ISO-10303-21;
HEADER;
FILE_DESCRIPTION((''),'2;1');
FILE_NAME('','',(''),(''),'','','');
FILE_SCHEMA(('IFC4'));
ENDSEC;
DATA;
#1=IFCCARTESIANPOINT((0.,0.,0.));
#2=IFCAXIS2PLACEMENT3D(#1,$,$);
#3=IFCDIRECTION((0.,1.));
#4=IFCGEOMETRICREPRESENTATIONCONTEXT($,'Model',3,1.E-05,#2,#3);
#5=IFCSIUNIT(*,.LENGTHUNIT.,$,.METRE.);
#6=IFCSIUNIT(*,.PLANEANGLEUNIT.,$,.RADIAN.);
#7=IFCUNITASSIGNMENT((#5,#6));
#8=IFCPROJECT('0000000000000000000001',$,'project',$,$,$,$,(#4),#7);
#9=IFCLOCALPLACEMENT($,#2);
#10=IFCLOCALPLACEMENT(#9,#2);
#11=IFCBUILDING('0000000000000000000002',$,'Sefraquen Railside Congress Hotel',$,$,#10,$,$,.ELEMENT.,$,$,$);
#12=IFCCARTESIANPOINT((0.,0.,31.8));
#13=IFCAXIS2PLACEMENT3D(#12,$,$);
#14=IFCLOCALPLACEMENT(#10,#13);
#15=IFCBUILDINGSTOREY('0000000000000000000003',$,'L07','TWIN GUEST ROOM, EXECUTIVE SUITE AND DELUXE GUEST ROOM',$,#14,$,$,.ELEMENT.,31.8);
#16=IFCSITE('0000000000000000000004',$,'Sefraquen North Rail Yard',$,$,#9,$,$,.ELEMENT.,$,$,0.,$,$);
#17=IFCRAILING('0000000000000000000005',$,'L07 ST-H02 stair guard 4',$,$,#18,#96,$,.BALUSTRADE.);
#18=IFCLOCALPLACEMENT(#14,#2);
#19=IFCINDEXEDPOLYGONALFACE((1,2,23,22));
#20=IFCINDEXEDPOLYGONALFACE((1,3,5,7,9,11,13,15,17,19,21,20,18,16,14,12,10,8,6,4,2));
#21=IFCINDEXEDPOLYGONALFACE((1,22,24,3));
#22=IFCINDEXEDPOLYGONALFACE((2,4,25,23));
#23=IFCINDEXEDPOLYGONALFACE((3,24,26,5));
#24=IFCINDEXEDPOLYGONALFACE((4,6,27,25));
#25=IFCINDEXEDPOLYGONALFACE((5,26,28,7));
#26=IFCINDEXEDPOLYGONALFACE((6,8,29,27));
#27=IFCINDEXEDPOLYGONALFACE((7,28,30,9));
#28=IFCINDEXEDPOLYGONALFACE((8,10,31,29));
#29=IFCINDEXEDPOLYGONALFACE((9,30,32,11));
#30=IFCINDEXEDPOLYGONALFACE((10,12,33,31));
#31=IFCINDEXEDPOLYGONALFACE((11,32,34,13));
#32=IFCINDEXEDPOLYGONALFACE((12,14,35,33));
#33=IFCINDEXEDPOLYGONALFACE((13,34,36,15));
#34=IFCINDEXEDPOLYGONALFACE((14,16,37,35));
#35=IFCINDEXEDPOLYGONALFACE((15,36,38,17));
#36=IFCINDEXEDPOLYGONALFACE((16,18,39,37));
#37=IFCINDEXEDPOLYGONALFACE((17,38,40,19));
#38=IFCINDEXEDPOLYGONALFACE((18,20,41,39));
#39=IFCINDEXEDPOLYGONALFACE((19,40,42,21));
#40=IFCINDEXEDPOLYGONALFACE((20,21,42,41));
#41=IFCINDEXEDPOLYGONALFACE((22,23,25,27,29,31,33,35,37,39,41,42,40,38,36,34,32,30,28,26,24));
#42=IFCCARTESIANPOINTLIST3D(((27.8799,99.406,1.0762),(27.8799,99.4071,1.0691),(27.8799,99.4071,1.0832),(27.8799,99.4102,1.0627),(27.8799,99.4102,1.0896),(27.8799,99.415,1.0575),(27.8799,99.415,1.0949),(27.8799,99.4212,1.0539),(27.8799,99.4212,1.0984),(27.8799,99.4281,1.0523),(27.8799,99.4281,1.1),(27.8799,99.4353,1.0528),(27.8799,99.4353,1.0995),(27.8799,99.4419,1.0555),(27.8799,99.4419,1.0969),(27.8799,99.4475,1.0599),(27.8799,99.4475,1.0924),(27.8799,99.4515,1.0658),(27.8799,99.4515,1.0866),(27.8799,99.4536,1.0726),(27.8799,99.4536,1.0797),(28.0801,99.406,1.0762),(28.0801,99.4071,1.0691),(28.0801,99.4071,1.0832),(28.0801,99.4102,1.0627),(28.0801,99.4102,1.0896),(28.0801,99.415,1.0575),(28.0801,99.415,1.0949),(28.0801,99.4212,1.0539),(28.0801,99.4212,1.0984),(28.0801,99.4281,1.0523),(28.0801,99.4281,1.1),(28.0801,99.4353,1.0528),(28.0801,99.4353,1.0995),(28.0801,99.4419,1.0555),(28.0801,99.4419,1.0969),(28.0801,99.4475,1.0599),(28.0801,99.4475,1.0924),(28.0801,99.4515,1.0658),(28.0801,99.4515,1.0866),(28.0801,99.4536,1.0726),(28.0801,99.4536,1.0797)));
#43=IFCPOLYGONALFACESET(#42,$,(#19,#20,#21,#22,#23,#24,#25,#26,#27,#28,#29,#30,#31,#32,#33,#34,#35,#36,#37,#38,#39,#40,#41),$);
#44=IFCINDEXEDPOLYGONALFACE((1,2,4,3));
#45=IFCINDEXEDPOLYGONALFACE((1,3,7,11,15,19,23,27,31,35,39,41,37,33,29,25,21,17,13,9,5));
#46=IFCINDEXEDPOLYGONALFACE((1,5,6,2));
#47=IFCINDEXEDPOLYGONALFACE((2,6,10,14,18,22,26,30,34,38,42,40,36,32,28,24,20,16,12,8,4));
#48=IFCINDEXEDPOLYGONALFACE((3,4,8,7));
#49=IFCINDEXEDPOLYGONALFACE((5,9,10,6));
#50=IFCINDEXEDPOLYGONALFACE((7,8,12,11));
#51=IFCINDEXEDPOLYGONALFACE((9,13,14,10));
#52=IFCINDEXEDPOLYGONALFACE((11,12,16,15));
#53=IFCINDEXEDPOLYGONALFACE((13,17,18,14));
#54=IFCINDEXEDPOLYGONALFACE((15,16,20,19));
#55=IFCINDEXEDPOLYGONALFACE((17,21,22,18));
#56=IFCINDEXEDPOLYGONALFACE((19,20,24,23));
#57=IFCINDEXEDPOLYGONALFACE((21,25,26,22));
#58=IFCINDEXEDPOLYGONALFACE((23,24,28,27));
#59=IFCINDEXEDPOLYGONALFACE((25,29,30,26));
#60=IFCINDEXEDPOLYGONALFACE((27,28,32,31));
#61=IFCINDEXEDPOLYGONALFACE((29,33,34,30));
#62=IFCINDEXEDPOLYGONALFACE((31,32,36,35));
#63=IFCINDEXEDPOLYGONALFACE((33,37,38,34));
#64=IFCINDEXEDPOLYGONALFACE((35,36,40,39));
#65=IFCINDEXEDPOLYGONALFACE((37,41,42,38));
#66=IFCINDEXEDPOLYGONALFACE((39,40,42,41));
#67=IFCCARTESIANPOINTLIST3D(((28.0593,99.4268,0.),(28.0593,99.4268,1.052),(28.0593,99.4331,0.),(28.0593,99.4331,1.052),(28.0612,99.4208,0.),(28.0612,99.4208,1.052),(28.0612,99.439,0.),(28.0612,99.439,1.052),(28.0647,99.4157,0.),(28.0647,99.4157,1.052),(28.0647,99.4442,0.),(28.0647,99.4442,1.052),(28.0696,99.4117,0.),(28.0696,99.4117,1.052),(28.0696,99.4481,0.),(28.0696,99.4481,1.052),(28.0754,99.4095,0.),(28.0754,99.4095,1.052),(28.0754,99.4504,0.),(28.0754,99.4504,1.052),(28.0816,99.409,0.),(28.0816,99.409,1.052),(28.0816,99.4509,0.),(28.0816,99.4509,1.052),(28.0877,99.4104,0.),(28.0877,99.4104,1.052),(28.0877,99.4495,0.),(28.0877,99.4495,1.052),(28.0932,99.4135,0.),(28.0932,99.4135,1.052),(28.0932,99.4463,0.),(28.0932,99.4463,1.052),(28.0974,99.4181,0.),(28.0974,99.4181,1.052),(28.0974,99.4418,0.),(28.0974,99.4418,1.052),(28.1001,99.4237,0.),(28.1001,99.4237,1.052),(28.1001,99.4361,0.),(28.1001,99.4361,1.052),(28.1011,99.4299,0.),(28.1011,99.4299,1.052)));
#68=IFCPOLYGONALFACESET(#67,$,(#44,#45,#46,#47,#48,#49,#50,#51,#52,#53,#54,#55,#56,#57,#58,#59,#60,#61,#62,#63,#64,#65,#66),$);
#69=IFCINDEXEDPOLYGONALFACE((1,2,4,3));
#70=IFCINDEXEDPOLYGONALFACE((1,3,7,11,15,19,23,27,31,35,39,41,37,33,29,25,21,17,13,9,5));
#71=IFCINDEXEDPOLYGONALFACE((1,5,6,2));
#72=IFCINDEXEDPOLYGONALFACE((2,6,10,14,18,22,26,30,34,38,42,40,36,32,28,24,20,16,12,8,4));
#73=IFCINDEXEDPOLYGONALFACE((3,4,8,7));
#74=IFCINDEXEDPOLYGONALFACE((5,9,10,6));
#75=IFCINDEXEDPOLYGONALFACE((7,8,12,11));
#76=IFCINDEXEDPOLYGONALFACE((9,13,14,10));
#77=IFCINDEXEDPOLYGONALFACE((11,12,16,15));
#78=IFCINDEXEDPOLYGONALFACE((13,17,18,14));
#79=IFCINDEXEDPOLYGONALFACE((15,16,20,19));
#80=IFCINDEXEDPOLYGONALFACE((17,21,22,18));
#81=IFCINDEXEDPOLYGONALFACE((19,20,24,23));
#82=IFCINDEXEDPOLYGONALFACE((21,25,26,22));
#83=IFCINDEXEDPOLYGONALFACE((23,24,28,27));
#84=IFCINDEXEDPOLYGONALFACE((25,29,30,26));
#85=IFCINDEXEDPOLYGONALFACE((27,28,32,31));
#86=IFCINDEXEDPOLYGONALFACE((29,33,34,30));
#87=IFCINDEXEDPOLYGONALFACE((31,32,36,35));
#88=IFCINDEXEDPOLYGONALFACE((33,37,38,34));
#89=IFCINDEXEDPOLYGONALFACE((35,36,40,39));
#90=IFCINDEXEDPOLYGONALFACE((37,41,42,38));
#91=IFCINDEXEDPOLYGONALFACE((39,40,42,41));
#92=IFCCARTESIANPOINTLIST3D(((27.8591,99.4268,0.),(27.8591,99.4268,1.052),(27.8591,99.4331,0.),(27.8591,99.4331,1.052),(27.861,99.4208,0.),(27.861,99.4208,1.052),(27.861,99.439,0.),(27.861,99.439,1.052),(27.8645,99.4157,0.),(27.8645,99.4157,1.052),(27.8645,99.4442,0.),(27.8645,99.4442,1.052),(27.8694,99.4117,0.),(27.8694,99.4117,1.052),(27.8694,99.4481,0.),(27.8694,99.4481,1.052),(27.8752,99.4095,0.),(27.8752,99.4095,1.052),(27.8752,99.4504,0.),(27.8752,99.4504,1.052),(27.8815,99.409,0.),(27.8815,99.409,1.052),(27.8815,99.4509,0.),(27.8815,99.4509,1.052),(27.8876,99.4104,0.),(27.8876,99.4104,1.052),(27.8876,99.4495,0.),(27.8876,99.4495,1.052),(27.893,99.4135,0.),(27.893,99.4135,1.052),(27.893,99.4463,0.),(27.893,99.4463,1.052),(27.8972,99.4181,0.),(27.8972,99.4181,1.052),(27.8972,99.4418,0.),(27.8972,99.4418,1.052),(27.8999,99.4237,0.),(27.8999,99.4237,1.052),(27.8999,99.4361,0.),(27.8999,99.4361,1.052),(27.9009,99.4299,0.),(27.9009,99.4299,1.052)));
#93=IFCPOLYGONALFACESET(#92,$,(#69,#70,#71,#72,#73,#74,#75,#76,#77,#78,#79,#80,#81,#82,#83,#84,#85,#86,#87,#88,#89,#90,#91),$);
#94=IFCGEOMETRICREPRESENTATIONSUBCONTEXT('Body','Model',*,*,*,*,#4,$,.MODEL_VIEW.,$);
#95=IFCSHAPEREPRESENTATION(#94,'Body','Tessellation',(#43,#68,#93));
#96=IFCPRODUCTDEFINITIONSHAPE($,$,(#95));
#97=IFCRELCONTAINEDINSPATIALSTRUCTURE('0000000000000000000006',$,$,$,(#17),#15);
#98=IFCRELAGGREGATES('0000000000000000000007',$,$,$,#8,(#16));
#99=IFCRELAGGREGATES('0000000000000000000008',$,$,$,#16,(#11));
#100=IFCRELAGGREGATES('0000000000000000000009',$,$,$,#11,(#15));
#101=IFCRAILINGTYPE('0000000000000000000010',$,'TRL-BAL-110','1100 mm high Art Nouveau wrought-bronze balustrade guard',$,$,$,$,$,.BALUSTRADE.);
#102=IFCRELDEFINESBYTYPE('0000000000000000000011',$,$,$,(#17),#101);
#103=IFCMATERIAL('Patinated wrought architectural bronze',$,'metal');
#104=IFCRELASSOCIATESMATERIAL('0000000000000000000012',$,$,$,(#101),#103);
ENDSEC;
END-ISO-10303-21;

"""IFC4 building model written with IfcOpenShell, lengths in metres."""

from ifc_helpers import new_model, si_unit, direction, frame, origin, origin_2d, place, context, subcontext, project, spatial, circle, extrude, material, type_object, element, save


model = new_model("IFC4")

# Units and contexts
model_context = context("Model", 3, precision=1e-05, world=origin(), true_north=direction((0.0, 1.0)))
body_context = subcontext(model_context, "Body", "Model", "MODEL_VIEW")
ifc_project = project(units=[si_unit("LENGTHUNIT", "METRE"), si_unit("PLANEANGLEUNIT", "RADIAN")], contexts=[model_context])

# Site, building, storey
site_placement = place(None, origin())
site = spatial("IfcSite", under=ifc_project, at=site_placement, Name="Sefraquen North Rail Yard", CompositionType="ELEMENT", RefElevation=0.0)
building_placement = place(site_placement, origin())
building = spatial("IfcBuilding", under=site, at=building_placement, Name="Sefraquen Railside Congress Hotel", CompositionType="ELEMENT")
storey_placement = place(building_placement, frame((0.0, 0.0, 31.8)))
storey = spatial("IfcBuildingStorey", under=building, at=storey_placement, Name="L07", Description="TWIN GUEST ROOM, EXECUTIVE SUITE AND DELUXE GUEST ROOM", CompositionType="ELEMENT", Elevation=31.8)

# Railing
ifc_material_1 = material(Name="Patinated wrought architectural bronze", Category="metal")
railing_type_1 = type_object("IfcRailingType", Name="TRL-BAL-110", Description="1100 mm high Art Nouveau wrought-bronze balustrade guard", PredefinedType="BALUSTRADE", material=ifc_material_1)
railing_1_placement = place(storey_placement, frame((28.0801, 99.4299, 0.0)))
element("IfcRailing", 1, at=railing_1_placement, inside=storey, type_object=railing_type_1, Name="L07 ST-H02 stair guard 4", PredefinedType="BALUSTRADE", context=body_context, shape_type="SweptSolid", body=[
    extrude(circle(Radius=0.0239, at=origin_2d()), frame((0.0, 0.0, 1.0762), z_axis=(-1.0, 0.0, 0.0), x_axis=(0.0, -1.0, 0.0)), (0.0, 0.0, 1.0), 0.2002),
    extrude(circle(Radius=0.021, at=origin_2d()), origin(), (0.0, 0.0, 1.0), 1.052),
    extrude(circle(Radius=0.021, at=origin_2d()), frame((-0.2002, 0.0, 0.0)), (0.0, 0.0, 1.0), 1.052),
])

save(model, "model.ifc")
